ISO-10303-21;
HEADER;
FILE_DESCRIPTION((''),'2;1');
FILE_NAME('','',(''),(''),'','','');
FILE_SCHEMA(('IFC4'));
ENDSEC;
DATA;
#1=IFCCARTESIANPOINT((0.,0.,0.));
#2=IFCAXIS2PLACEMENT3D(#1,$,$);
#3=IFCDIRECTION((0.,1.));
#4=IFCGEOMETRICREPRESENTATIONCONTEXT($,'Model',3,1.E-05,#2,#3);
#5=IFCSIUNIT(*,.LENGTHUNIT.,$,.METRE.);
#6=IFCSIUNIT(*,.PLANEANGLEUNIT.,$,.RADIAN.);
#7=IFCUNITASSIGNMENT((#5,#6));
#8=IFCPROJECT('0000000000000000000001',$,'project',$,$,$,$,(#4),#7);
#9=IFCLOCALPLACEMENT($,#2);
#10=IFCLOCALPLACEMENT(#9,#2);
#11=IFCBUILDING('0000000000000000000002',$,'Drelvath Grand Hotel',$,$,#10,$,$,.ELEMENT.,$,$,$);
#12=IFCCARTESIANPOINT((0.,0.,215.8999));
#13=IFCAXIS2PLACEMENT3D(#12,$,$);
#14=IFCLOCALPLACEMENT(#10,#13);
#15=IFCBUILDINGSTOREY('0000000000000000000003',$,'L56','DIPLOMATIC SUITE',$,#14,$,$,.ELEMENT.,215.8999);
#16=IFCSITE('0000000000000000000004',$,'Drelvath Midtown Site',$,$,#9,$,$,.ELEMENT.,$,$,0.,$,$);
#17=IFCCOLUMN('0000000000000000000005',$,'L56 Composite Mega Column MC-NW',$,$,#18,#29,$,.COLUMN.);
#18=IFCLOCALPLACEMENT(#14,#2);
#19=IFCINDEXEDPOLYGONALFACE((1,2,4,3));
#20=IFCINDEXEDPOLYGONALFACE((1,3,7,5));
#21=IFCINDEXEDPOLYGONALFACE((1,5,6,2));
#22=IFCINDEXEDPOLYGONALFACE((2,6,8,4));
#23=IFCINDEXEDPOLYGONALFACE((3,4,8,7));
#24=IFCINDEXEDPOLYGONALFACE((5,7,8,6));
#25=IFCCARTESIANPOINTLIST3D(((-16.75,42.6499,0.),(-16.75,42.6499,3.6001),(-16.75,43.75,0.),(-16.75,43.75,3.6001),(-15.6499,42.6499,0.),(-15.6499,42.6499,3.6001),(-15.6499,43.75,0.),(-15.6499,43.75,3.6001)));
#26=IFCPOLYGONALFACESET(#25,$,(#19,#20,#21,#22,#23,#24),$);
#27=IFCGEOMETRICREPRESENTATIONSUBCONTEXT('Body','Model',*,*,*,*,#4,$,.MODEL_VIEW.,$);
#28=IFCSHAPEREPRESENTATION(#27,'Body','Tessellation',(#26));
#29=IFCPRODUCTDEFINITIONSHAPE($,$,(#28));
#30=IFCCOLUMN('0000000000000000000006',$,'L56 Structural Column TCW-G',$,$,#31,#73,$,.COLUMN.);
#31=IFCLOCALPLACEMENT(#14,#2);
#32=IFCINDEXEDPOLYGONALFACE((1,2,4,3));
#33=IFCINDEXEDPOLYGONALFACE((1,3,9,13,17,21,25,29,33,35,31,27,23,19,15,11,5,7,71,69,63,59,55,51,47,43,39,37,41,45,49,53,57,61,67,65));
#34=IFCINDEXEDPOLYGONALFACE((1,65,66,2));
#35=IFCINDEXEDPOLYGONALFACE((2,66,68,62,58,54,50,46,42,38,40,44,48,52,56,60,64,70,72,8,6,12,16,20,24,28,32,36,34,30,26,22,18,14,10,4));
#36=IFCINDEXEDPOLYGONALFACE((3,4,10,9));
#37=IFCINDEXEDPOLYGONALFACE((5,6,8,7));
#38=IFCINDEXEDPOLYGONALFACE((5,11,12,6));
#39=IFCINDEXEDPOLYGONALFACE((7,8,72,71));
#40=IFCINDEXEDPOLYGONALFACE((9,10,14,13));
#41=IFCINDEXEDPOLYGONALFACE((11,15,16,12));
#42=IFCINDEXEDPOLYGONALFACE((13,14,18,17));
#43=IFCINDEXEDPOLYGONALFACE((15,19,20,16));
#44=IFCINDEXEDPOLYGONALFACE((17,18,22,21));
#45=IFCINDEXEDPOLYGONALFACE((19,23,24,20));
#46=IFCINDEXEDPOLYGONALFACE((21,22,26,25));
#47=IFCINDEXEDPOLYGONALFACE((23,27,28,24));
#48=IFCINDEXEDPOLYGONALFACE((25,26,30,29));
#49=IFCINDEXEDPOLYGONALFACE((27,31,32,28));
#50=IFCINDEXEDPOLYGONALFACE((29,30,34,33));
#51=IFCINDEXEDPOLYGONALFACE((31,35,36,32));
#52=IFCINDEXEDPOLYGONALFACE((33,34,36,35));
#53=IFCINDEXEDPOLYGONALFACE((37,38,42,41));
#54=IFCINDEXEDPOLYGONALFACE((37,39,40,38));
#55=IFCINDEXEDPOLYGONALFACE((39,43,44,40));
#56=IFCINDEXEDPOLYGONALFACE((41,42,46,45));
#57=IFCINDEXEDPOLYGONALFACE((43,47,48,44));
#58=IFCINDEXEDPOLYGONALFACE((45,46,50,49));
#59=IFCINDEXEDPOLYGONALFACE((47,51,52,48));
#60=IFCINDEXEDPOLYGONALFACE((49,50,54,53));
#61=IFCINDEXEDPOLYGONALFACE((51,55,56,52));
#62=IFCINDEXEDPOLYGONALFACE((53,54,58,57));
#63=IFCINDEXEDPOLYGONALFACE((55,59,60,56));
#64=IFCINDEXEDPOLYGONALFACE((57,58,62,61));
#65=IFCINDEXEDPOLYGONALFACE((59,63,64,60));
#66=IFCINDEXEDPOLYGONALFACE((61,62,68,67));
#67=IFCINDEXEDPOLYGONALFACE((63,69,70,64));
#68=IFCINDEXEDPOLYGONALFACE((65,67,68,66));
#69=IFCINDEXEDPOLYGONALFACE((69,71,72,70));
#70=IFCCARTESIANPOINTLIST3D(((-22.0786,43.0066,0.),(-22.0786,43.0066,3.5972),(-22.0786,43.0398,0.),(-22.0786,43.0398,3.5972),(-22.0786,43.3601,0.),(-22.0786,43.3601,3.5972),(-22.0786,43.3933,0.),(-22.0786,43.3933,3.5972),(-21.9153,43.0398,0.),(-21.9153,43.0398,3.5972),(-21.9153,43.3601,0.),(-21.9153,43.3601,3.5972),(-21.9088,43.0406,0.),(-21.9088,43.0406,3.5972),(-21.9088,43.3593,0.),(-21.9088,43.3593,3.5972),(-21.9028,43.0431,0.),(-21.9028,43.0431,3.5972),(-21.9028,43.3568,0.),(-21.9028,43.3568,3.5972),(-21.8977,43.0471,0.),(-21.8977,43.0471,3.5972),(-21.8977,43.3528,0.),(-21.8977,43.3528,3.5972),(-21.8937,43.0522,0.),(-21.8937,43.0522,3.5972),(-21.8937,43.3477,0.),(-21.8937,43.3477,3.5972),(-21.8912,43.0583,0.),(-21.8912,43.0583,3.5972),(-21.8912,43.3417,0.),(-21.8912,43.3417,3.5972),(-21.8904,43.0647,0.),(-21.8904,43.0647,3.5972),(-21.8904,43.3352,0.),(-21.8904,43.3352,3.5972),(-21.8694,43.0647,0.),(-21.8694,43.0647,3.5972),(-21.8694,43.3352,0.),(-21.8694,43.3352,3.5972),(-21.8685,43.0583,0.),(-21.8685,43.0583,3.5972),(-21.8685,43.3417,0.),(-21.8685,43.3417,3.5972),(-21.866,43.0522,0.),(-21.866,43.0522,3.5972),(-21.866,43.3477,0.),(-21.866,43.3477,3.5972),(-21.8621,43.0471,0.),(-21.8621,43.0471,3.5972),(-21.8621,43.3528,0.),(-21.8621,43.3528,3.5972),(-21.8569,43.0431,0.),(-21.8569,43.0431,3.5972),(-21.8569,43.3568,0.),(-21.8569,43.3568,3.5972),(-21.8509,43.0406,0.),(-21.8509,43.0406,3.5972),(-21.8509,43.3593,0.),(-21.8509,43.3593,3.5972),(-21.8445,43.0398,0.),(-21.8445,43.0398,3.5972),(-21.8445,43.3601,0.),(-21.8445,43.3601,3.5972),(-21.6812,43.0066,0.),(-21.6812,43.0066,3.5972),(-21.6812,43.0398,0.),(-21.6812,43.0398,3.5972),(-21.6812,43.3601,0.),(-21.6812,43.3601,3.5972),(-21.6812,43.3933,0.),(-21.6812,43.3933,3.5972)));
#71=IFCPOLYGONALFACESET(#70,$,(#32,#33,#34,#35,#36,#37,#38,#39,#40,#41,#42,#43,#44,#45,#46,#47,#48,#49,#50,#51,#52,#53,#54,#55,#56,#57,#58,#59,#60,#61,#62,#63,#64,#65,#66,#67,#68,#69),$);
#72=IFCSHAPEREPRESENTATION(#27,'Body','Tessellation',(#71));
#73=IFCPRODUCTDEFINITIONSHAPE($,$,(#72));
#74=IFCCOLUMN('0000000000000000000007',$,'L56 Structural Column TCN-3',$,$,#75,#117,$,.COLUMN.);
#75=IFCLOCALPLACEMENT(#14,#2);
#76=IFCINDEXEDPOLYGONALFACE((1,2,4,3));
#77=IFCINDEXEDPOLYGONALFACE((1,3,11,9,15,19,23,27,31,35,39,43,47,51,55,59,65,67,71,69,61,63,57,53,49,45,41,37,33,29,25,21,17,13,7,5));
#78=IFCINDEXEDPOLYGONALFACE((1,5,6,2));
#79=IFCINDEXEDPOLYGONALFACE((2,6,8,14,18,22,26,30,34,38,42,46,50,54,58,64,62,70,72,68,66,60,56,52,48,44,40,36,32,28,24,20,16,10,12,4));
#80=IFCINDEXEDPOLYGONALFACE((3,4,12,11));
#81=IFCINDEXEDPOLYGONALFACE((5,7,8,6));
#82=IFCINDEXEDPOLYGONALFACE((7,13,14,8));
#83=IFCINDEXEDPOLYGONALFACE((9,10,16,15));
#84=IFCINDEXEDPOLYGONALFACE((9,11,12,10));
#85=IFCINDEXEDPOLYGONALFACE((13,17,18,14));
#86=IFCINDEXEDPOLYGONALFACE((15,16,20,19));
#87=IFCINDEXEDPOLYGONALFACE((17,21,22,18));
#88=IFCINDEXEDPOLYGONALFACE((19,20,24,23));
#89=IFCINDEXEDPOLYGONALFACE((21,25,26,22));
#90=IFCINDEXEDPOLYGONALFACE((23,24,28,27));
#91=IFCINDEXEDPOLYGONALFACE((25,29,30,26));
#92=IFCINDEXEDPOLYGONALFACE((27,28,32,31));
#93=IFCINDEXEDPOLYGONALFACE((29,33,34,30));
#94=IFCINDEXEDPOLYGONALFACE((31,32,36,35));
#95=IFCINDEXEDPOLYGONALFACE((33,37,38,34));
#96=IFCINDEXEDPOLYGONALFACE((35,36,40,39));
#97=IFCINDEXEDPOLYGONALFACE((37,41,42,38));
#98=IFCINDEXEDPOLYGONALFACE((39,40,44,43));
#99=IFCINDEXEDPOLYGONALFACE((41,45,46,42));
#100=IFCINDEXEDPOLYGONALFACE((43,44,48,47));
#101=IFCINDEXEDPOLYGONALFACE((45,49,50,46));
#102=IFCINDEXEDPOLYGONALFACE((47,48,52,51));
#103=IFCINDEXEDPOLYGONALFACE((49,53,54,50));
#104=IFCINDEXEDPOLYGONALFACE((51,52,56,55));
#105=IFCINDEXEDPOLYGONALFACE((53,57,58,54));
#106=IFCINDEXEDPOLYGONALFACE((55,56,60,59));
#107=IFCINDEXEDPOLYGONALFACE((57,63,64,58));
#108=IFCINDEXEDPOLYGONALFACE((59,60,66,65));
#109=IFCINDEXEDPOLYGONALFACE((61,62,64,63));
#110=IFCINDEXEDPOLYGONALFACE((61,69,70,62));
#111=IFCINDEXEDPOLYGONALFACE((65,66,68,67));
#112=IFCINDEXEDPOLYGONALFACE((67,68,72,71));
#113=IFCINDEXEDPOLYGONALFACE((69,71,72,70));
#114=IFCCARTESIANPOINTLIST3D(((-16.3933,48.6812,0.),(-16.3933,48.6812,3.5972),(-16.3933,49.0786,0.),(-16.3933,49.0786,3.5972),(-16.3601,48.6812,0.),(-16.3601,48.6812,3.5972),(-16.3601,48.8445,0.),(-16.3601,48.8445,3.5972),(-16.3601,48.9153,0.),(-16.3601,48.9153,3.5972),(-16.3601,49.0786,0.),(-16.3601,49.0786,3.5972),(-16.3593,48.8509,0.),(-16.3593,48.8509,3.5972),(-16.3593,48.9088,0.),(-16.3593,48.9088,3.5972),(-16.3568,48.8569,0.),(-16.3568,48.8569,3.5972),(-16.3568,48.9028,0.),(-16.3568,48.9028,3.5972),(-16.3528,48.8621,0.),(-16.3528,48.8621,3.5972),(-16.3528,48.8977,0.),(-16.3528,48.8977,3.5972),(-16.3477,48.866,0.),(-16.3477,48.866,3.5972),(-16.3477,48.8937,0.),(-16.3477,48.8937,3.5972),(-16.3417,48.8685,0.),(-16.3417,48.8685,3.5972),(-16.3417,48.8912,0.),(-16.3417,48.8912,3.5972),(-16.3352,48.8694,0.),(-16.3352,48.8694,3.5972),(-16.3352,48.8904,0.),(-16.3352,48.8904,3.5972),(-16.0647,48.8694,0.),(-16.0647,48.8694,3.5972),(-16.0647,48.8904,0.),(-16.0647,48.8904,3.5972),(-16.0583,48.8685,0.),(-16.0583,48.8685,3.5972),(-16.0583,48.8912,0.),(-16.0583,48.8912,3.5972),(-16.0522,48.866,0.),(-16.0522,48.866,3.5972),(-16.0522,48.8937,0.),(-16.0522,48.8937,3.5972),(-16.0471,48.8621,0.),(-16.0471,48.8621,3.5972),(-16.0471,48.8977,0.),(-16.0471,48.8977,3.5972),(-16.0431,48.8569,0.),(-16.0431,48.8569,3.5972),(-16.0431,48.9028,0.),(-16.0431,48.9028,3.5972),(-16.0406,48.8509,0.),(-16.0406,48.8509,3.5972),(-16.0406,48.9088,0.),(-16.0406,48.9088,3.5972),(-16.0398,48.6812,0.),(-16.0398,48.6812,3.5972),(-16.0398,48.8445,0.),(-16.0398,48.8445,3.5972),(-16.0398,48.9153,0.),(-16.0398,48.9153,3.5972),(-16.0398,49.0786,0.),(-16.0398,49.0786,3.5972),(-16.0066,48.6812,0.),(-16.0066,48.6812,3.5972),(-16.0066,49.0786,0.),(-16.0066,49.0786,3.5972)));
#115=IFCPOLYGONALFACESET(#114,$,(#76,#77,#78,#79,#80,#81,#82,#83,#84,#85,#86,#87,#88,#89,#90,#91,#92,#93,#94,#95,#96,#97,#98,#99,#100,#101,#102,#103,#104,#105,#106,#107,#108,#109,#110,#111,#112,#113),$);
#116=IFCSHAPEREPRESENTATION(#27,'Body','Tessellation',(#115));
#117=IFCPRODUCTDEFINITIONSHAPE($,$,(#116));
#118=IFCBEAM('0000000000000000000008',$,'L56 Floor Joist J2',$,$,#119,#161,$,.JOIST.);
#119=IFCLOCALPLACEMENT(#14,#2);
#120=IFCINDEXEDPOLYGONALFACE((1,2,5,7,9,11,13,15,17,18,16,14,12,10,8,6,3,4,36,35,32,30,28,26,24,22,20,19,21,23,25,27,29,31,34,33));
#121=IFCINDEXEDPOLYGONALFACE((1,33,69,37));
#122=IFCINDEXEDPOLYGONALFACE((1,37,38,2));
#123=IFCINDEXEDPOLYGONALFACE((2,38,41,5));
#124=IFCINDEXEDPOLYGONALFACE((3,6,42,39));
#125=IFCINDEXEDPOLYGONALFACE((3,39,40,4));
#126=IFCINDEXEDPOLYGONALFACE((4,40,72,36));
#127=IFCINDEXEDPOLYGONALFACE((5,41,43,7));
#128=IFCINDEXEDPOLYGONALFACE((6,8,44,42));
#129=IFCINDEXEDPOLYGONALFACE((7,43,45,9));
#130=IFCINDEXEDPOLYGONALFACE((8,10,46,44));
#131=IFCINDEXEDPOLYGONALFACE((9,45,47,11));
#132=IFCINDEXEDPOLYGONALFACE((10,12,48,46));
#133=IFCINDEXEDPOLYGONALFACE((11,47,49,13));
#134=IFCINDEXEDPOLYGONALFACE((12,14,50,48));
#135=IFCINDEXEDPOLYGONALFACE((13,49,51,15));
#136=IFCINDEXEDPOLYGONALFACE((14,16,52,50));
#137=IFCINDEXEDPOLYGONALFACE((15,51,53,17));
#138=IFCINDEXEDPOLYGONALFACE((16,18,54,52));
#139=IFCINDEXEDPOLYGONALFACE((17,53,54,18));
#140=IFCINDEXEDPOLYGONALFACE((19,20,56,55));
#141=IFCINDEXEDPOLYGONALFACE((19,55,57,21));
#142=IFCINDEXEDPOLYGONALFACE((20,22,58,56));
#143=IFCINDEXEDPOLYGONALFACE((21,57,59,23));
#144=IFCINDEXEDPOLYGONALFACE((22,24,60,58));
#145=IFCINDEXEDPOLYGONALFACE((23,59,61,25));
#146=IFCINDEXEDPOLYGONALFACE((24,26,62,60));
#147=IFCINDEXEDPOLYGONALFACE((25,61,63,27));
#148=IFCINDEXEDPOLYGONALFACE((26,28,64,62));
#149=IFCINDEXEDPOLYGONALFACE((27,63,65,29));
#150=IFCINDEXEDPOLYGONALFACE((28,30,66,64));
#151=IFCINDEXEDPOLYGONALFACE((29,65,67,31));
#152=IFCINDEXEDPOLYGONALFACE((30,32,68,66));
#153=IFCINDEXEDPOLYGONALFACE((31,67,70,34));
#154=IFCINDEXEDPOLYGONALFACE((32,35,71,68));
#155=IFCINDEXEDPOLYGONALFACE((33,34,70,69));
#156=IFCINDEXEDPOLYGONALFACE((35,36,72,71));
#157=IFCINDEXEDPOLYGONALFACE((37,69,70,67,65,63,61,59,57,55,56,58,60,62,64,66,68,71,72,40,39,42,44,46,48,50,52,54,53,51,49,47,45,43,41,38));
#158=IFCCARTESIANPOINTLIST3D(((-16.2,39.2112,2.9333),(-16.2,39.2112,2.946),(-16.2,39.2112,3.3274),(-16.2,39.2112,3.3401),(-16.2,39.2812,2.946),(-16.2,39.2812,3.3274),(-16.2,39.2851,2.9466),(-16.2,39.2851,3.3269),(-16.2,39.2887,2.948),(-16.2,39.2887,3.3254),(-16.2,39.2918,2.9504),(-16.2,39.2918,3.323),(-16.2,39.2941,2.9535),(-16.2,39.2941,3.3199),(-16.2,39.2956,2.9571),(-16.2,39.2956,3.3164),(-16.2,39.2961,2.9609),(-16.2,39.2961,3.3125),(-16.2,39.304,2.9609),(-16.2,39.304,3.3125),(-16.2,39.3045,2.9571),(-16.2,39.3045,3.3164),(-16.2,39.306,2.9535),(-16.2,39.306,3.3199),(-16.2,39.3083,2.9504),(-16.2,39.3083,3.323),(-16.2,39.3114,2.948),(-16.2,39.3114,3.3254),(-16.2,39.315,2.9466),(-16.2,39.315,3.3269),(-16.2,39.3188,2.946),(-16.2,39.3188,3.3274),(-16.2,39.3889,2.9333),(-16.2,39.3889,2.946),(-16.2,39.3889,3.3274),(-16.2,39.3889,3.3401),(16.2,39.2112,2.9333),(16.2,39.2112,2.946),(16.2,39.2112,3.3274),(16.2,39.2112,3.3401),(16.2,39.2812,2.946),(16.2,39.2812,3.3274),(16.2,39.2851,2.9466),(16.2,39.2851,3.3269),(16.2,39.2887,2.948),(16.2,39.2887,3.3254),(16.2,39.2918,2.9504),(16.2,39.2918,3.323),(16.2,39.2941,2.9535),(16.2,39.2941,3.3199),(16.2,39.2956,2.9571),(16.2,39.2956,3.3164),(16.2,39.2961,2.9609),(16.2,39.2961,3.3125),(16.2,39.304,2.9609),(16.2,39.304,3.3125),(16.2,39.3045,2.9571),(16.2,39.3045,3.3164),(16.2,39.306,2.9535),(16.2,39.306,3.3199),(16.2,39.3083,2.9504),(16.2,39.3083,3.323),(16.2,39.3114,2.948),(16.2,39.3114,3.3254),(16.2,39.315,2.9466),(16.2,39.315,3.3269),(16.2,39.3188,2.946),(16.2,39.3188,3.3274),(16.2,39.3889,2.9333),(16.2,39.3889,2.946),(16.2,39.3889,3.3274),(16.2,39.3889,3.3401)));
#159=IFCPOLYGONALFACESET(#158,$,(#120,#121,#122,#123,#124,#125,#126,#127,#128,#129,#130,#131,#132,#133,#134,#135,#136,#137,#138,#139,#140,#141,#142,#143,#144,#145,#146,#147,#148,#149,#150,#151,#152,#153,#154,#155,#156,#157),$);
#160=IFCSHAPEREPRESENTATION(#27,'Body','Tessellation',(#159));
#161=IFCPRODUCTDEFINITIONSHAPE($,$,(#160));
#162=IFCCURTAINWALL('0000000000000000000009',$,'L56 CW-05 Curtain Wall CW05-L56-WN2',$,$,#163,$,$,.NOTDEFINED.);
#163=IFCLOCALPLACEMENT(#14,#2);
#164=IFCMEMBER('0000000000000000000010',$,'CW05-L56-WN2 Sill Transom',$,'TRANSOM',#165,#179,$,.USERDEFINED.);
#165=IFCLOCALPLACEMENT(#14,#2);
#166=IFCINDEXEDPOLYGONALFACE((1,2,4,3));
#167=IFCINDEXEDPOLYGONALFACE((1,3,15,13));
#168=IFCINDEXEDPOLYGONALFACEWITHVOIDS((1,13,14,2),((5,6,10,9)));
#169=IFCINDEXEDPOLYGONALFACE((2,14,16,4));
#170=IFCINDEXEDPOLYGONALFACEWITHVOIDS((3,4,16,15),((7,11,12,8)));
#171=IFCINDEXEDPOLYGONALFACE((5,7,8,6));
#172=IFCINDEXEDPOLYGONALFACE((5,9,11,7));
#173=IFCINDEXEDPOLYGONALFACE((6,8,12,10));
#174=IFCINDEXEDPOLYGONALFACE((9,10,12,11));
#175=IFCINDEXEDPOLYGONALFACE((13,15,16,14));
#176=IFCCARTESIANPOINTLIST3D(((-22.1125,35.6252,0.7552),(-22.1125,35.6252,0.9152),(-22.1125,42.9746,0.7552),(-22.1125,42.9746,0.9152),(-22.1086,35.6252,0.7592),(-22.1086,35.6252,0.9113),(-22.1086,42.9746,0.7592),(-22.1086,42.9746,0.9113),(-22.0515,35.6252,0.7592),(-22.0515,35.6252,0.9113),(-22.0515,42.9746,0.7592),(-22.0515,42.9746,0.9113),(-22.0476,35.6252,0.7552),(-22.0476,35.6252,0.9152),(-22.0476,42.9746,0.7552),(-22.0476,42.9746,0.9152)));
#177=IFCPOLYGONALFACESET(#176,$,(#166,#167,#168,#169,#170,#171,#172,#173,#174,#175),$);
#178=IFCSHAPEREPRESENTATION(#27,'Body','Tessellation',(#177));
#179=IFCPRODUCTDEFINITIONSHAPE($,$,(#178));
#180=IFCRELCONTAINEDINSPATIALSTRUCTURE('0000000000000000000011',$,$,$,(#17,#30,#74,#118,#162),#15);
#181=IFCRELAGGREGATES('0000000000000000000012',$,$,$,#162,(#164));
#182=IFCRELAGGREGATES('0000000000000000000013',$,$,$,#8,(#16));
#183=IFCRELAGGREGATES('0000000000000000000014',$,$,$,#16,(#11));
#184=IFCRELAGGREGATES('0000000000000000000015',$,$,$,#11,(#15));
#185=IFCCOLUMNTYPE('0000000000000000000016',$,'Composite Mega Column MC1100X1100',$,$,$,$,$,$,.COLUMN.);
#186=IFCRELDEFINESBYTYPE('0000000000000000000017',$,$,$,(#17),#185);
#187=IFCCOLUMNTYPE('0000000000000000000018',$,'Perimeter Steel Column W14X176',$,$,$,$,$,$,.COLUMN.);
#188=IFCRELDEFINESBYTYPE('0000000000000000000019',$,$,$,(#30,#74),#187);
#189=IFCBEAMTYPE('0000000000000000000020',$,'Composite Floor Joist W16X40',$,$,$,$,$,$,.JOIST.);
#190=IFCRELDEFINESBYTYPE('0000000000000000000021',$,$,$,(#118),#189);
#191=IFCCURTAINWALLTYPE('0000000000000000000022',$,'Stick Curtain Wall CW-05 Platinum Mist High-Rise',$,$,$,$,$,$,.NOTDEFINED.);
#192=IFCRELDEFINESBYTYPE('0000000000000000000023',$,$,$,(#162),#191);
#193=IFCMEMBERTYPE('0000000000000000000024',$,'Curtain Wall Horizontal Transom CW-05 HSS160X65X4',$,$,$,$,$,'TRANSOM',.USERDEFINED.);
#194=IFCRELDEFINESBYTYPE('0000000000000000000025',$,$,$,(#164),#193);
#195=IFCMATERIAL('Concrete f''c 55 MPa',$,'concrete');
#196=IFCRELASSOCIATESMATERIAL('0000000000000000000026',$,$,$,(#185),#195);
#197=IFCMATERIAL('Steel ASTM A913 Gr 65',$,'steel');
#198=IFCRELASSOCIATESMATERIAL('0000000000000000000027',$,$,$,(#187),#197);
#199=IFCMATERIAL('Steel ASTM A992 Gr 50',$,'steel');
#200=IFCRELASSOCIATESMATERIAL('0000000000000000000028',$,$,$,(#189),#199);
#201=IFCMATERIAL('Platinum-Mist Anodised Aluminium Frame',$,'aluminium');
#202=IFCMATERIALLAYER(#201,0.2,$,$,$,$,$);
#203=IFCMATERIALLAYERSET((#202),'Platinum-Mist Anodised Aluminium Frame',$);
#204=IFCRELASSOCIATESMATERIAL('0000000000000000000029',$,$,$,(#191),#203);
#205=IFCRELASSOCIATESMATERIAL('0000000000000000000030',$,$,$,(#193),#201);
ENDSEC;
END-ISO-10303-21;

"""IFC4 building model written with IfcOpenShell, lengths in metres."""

from ifc_helpers import new_model, si_unit, direction, frame, origin, origin_2d, place, context, subcontext, project, spatial, rectangle, hollow_rectangle, i_section, extrude, material, layer, layer_set, material_profile, profile_set, type_object, element, aggregate, save


model = new_model("IFC4")

# Units and contexts
model_context = context("Model", 3, precision=1e-05, world=origin(), true_north=direction((0.0, 1.0)))
body_context = subcontext(model_context, "Body", "Model", "MODEL_VIEW")
ifc_project = project(units=[si_unit("LENGTHUNIT", "METRE"), si_unit("PLANEANGLEUNIT", "RADIAN")], contexts=[model_context])

# Site, building, storey
site_placement = place(None, origin())
site = spatial("IfcSite", under=ifc_project, at=site_placement, Name="Drelvath Midtown Site", CompositionType="ELEMENT", RefElevation=0.0)
building_placement = place(site_placement, origin())
building = spatial("IfcBuilding", under=site, at=building_placement, Name="Drelvath Grand Hotel", CompositionType="ELEMENT")
storey_placement = place(building_placement, frame((0.0, 0.0, 215.8999)))
storey = spatial("IfcBuildingStorey", under=building, at=storey_placement, Name="L56", Description="DIPLOMATIC SUITE", CompositionType="ELEMENT", Elevation=215.8999)

# Columns
ifc_material_1 = material(Name="Concrete f'c 55 MPa", Category="concrete")
ifc_material_profile_1 = material_profile(ifc_material_1, rectangle(XDim=1.1001, YDim=1.1001, at=origin_2d()), Name="MC1100X1100")
ifc_profile_set_1 = profile_set([ifc_material_profile_1], Name="Concrete f'c 55 MPa")
column_type_1 = type_object("IfcColumnType", Name="Composite Mega Column MC1100X1100", PredefinedType="COLUMN", material=ifc_profile_set_1)
column_placement = place(storey_placement, frame((-16.2, 43.2, 0.0), z_axis=(0.0, 0.0, 1.0), x_axis=(1.0, 0.0, 0.0)))
element("IfcColumn", 1, at=column_placement, inside=storey, type_object=column_type_1, Name="L56 Composite Mega Column MC-NW", PredefinedType="COLUMN", context=body_context, shape_type="SweptSolid", body=[
    extrude(rectangle(XDim=1.1001, YDim=1.1001, at=origin_2d()), origin(), (0.0, 0.0, 1.0), 3.6001),
])
ifc_material_2 = material(Name="Steel ASTM A913 Gr 65", Category="steel")
ifc_material_profile_2 = material_profile(ifc_material_2, i_section(OverallWidth=0.3975, OverallDepth=0.3867, WebThickness=0.021, FlangeThickness=0.0332, FilletRadius=0.0249, at=origin_2d()), Name="W14X176")
ifc_profile_set_2 = profile_set([ifc_material_profile_2], Name="Steel ASTM A913 Gr 65")
column_type_2 = type_object("IfcColumnType", Name="Perimeter Steel Column W14X176", PredefinedType="COLUMN", material=ifc_profile_set_2)
for number, where, z_axis, x_axis, name in (
    (2, (-21.8799, 43.2, 0.0), (0.0, 0.0, 1.0), (1.0, 0.0, 0.0), "L56 Structural Column TCW-G"),
    (3, (-16.2, 48.8799, 0.0), (0.0, 0.0, 1.0), (0.0, 1.0, 0.0), "L56 Structural Column TCN-3"),
):
    element("IfcColumn", number, at=place(storey_placement, frame(where, z_axis=z_axis, x_axis=x_axis)), inside=storey, type_object=column_type_2, Name=name, PredefinedType="COLUMN", context=body_context, shape_type="SweptSolid", body=[
        extrude(i_section(OverallWidth=0.3975, OverallDepth=0.3867, WebThickness=0.021, FlangeThickness=0.0332, FilletRadius=0.0249, at=origin_2d()), origin(), (0.0, 0.0, 1.0), 3.5972),
    ])

# Beam
ifc_material_3 = material(Name="Steel ASTM A992 Gr 50", Category="steel")
ifc_material_profile_3 = material_profile(ifc_material_3, i_section(OverallWidth=0.1777, OverallDepth=0.4067, WebThickness=0.0078, FlangeThickness=0.0127, FilletRadius=0.0149, at=origin_2d()), Name="W16X40")
ifc_profile_set_3 = profile_set([ifc_material_profile_3], Name="Steel ASTM A992 Gr 50")
beam_type_1 = type_object("IfcBeamType", Name="Composite Floor Joist W16X40", PredefinedType="JOIST", material=ifc_profile_set_3)
beam_1_placement = place(storey_placement, frame((-16.2, 39.3, 3.1367), z_axis=(1.0, 0.0, 0.0), x_axis=(0.0, 1.0, 0.0)))
element("IfcBeam", 4, at=beam_1_placement, inside=storey, type_object=beam_type_1, Name="L56 Floor Joist J2", PredefinedType="JOIST", context=body_context, shape_type="SweptSolid", body=[
    extrude(i_section(OverallWidth=0.1777, OverallDepth=0.4067, WebThickness=0.0078, FlangeThickness=0.0127, FilletRadius=0.0149, at=origin_2d()), origin(), (0.0, 0.0, 1.0), 32.3999),
])

# Curtain wall, member
ifc_material_4 = material(Name="Platinum-Mist Anodised Aluminium Frame", Category="aluminium")
ifc_layer_1 = layer(ifc_material_4, 0.2)
ifc_layer_set_1 = layer_set([ifc_layer_1], Name="Platinum-Mist Anodised Aluminium Frame")
curtain_wall_type = type_object("IfcCurtainWallType", Name="Stick Curtain Wall CW-05 Platinum Mist High-Rise", PredefinedType="NOTDEFINED", material=ifc_layer_set_1)
curtain_wall_placement = place(storey_placement, origin())
curtain_wall = element("IfcCurtainWall", 5, at=curtain_wall_placement, inside=storey, type_object=curtain_wall_type, Name="L56 CW-05 Curtain Wall CW05-L56-WN2", PredefinedType="NOTDEFINED")
ifc_material_profile_4 = material_profile(ifc_material_4, hollow_rectangle(XDim=0.0649, YDim=0.1599, WallThickness=0.0039, at=origin_2d()), Name="HSS160X65X4")
ifc_profile_set_4 = profile_set([ifc_material_profile_4], Name="Platinum-Mist Anodised Aluminium Frame")
member_type_1 = type_object("IfcMemberType", Name="Curtain Wall Horizontal Transom CW-05 HSS160X65X4", ElementType="TRANSOM", PredefinedType="USERDEFINED", material=ifc_profile_set_4)
member_1_placement = place(storey_placement, frame((-22.0801, 35.6252, 0.8352), z_axis=(0.0, 1.0, 0.0), x_axis=(-1.0, 0.0, 0.0)))
member_1 = element("IfcMember", 6, at=member_1_placement, type_object=member_type_1, Name="CW05-L56-WN2 Sill Transom", ObjectType="TRANSOM", PredefinedType="USERDEFINED", context=body_context, shape_type="SweptSolid", body=[
    extrude(hollow_rectangle(XDim=0.0649, YDim=0.1599, WallThickness=0.0039, at=origin_2d()), origin(), (0.0, 0.0, 1.0), 7.3494),
])

aggregate(curtain_wall, [member_1])

save(model, "model.ifc")
